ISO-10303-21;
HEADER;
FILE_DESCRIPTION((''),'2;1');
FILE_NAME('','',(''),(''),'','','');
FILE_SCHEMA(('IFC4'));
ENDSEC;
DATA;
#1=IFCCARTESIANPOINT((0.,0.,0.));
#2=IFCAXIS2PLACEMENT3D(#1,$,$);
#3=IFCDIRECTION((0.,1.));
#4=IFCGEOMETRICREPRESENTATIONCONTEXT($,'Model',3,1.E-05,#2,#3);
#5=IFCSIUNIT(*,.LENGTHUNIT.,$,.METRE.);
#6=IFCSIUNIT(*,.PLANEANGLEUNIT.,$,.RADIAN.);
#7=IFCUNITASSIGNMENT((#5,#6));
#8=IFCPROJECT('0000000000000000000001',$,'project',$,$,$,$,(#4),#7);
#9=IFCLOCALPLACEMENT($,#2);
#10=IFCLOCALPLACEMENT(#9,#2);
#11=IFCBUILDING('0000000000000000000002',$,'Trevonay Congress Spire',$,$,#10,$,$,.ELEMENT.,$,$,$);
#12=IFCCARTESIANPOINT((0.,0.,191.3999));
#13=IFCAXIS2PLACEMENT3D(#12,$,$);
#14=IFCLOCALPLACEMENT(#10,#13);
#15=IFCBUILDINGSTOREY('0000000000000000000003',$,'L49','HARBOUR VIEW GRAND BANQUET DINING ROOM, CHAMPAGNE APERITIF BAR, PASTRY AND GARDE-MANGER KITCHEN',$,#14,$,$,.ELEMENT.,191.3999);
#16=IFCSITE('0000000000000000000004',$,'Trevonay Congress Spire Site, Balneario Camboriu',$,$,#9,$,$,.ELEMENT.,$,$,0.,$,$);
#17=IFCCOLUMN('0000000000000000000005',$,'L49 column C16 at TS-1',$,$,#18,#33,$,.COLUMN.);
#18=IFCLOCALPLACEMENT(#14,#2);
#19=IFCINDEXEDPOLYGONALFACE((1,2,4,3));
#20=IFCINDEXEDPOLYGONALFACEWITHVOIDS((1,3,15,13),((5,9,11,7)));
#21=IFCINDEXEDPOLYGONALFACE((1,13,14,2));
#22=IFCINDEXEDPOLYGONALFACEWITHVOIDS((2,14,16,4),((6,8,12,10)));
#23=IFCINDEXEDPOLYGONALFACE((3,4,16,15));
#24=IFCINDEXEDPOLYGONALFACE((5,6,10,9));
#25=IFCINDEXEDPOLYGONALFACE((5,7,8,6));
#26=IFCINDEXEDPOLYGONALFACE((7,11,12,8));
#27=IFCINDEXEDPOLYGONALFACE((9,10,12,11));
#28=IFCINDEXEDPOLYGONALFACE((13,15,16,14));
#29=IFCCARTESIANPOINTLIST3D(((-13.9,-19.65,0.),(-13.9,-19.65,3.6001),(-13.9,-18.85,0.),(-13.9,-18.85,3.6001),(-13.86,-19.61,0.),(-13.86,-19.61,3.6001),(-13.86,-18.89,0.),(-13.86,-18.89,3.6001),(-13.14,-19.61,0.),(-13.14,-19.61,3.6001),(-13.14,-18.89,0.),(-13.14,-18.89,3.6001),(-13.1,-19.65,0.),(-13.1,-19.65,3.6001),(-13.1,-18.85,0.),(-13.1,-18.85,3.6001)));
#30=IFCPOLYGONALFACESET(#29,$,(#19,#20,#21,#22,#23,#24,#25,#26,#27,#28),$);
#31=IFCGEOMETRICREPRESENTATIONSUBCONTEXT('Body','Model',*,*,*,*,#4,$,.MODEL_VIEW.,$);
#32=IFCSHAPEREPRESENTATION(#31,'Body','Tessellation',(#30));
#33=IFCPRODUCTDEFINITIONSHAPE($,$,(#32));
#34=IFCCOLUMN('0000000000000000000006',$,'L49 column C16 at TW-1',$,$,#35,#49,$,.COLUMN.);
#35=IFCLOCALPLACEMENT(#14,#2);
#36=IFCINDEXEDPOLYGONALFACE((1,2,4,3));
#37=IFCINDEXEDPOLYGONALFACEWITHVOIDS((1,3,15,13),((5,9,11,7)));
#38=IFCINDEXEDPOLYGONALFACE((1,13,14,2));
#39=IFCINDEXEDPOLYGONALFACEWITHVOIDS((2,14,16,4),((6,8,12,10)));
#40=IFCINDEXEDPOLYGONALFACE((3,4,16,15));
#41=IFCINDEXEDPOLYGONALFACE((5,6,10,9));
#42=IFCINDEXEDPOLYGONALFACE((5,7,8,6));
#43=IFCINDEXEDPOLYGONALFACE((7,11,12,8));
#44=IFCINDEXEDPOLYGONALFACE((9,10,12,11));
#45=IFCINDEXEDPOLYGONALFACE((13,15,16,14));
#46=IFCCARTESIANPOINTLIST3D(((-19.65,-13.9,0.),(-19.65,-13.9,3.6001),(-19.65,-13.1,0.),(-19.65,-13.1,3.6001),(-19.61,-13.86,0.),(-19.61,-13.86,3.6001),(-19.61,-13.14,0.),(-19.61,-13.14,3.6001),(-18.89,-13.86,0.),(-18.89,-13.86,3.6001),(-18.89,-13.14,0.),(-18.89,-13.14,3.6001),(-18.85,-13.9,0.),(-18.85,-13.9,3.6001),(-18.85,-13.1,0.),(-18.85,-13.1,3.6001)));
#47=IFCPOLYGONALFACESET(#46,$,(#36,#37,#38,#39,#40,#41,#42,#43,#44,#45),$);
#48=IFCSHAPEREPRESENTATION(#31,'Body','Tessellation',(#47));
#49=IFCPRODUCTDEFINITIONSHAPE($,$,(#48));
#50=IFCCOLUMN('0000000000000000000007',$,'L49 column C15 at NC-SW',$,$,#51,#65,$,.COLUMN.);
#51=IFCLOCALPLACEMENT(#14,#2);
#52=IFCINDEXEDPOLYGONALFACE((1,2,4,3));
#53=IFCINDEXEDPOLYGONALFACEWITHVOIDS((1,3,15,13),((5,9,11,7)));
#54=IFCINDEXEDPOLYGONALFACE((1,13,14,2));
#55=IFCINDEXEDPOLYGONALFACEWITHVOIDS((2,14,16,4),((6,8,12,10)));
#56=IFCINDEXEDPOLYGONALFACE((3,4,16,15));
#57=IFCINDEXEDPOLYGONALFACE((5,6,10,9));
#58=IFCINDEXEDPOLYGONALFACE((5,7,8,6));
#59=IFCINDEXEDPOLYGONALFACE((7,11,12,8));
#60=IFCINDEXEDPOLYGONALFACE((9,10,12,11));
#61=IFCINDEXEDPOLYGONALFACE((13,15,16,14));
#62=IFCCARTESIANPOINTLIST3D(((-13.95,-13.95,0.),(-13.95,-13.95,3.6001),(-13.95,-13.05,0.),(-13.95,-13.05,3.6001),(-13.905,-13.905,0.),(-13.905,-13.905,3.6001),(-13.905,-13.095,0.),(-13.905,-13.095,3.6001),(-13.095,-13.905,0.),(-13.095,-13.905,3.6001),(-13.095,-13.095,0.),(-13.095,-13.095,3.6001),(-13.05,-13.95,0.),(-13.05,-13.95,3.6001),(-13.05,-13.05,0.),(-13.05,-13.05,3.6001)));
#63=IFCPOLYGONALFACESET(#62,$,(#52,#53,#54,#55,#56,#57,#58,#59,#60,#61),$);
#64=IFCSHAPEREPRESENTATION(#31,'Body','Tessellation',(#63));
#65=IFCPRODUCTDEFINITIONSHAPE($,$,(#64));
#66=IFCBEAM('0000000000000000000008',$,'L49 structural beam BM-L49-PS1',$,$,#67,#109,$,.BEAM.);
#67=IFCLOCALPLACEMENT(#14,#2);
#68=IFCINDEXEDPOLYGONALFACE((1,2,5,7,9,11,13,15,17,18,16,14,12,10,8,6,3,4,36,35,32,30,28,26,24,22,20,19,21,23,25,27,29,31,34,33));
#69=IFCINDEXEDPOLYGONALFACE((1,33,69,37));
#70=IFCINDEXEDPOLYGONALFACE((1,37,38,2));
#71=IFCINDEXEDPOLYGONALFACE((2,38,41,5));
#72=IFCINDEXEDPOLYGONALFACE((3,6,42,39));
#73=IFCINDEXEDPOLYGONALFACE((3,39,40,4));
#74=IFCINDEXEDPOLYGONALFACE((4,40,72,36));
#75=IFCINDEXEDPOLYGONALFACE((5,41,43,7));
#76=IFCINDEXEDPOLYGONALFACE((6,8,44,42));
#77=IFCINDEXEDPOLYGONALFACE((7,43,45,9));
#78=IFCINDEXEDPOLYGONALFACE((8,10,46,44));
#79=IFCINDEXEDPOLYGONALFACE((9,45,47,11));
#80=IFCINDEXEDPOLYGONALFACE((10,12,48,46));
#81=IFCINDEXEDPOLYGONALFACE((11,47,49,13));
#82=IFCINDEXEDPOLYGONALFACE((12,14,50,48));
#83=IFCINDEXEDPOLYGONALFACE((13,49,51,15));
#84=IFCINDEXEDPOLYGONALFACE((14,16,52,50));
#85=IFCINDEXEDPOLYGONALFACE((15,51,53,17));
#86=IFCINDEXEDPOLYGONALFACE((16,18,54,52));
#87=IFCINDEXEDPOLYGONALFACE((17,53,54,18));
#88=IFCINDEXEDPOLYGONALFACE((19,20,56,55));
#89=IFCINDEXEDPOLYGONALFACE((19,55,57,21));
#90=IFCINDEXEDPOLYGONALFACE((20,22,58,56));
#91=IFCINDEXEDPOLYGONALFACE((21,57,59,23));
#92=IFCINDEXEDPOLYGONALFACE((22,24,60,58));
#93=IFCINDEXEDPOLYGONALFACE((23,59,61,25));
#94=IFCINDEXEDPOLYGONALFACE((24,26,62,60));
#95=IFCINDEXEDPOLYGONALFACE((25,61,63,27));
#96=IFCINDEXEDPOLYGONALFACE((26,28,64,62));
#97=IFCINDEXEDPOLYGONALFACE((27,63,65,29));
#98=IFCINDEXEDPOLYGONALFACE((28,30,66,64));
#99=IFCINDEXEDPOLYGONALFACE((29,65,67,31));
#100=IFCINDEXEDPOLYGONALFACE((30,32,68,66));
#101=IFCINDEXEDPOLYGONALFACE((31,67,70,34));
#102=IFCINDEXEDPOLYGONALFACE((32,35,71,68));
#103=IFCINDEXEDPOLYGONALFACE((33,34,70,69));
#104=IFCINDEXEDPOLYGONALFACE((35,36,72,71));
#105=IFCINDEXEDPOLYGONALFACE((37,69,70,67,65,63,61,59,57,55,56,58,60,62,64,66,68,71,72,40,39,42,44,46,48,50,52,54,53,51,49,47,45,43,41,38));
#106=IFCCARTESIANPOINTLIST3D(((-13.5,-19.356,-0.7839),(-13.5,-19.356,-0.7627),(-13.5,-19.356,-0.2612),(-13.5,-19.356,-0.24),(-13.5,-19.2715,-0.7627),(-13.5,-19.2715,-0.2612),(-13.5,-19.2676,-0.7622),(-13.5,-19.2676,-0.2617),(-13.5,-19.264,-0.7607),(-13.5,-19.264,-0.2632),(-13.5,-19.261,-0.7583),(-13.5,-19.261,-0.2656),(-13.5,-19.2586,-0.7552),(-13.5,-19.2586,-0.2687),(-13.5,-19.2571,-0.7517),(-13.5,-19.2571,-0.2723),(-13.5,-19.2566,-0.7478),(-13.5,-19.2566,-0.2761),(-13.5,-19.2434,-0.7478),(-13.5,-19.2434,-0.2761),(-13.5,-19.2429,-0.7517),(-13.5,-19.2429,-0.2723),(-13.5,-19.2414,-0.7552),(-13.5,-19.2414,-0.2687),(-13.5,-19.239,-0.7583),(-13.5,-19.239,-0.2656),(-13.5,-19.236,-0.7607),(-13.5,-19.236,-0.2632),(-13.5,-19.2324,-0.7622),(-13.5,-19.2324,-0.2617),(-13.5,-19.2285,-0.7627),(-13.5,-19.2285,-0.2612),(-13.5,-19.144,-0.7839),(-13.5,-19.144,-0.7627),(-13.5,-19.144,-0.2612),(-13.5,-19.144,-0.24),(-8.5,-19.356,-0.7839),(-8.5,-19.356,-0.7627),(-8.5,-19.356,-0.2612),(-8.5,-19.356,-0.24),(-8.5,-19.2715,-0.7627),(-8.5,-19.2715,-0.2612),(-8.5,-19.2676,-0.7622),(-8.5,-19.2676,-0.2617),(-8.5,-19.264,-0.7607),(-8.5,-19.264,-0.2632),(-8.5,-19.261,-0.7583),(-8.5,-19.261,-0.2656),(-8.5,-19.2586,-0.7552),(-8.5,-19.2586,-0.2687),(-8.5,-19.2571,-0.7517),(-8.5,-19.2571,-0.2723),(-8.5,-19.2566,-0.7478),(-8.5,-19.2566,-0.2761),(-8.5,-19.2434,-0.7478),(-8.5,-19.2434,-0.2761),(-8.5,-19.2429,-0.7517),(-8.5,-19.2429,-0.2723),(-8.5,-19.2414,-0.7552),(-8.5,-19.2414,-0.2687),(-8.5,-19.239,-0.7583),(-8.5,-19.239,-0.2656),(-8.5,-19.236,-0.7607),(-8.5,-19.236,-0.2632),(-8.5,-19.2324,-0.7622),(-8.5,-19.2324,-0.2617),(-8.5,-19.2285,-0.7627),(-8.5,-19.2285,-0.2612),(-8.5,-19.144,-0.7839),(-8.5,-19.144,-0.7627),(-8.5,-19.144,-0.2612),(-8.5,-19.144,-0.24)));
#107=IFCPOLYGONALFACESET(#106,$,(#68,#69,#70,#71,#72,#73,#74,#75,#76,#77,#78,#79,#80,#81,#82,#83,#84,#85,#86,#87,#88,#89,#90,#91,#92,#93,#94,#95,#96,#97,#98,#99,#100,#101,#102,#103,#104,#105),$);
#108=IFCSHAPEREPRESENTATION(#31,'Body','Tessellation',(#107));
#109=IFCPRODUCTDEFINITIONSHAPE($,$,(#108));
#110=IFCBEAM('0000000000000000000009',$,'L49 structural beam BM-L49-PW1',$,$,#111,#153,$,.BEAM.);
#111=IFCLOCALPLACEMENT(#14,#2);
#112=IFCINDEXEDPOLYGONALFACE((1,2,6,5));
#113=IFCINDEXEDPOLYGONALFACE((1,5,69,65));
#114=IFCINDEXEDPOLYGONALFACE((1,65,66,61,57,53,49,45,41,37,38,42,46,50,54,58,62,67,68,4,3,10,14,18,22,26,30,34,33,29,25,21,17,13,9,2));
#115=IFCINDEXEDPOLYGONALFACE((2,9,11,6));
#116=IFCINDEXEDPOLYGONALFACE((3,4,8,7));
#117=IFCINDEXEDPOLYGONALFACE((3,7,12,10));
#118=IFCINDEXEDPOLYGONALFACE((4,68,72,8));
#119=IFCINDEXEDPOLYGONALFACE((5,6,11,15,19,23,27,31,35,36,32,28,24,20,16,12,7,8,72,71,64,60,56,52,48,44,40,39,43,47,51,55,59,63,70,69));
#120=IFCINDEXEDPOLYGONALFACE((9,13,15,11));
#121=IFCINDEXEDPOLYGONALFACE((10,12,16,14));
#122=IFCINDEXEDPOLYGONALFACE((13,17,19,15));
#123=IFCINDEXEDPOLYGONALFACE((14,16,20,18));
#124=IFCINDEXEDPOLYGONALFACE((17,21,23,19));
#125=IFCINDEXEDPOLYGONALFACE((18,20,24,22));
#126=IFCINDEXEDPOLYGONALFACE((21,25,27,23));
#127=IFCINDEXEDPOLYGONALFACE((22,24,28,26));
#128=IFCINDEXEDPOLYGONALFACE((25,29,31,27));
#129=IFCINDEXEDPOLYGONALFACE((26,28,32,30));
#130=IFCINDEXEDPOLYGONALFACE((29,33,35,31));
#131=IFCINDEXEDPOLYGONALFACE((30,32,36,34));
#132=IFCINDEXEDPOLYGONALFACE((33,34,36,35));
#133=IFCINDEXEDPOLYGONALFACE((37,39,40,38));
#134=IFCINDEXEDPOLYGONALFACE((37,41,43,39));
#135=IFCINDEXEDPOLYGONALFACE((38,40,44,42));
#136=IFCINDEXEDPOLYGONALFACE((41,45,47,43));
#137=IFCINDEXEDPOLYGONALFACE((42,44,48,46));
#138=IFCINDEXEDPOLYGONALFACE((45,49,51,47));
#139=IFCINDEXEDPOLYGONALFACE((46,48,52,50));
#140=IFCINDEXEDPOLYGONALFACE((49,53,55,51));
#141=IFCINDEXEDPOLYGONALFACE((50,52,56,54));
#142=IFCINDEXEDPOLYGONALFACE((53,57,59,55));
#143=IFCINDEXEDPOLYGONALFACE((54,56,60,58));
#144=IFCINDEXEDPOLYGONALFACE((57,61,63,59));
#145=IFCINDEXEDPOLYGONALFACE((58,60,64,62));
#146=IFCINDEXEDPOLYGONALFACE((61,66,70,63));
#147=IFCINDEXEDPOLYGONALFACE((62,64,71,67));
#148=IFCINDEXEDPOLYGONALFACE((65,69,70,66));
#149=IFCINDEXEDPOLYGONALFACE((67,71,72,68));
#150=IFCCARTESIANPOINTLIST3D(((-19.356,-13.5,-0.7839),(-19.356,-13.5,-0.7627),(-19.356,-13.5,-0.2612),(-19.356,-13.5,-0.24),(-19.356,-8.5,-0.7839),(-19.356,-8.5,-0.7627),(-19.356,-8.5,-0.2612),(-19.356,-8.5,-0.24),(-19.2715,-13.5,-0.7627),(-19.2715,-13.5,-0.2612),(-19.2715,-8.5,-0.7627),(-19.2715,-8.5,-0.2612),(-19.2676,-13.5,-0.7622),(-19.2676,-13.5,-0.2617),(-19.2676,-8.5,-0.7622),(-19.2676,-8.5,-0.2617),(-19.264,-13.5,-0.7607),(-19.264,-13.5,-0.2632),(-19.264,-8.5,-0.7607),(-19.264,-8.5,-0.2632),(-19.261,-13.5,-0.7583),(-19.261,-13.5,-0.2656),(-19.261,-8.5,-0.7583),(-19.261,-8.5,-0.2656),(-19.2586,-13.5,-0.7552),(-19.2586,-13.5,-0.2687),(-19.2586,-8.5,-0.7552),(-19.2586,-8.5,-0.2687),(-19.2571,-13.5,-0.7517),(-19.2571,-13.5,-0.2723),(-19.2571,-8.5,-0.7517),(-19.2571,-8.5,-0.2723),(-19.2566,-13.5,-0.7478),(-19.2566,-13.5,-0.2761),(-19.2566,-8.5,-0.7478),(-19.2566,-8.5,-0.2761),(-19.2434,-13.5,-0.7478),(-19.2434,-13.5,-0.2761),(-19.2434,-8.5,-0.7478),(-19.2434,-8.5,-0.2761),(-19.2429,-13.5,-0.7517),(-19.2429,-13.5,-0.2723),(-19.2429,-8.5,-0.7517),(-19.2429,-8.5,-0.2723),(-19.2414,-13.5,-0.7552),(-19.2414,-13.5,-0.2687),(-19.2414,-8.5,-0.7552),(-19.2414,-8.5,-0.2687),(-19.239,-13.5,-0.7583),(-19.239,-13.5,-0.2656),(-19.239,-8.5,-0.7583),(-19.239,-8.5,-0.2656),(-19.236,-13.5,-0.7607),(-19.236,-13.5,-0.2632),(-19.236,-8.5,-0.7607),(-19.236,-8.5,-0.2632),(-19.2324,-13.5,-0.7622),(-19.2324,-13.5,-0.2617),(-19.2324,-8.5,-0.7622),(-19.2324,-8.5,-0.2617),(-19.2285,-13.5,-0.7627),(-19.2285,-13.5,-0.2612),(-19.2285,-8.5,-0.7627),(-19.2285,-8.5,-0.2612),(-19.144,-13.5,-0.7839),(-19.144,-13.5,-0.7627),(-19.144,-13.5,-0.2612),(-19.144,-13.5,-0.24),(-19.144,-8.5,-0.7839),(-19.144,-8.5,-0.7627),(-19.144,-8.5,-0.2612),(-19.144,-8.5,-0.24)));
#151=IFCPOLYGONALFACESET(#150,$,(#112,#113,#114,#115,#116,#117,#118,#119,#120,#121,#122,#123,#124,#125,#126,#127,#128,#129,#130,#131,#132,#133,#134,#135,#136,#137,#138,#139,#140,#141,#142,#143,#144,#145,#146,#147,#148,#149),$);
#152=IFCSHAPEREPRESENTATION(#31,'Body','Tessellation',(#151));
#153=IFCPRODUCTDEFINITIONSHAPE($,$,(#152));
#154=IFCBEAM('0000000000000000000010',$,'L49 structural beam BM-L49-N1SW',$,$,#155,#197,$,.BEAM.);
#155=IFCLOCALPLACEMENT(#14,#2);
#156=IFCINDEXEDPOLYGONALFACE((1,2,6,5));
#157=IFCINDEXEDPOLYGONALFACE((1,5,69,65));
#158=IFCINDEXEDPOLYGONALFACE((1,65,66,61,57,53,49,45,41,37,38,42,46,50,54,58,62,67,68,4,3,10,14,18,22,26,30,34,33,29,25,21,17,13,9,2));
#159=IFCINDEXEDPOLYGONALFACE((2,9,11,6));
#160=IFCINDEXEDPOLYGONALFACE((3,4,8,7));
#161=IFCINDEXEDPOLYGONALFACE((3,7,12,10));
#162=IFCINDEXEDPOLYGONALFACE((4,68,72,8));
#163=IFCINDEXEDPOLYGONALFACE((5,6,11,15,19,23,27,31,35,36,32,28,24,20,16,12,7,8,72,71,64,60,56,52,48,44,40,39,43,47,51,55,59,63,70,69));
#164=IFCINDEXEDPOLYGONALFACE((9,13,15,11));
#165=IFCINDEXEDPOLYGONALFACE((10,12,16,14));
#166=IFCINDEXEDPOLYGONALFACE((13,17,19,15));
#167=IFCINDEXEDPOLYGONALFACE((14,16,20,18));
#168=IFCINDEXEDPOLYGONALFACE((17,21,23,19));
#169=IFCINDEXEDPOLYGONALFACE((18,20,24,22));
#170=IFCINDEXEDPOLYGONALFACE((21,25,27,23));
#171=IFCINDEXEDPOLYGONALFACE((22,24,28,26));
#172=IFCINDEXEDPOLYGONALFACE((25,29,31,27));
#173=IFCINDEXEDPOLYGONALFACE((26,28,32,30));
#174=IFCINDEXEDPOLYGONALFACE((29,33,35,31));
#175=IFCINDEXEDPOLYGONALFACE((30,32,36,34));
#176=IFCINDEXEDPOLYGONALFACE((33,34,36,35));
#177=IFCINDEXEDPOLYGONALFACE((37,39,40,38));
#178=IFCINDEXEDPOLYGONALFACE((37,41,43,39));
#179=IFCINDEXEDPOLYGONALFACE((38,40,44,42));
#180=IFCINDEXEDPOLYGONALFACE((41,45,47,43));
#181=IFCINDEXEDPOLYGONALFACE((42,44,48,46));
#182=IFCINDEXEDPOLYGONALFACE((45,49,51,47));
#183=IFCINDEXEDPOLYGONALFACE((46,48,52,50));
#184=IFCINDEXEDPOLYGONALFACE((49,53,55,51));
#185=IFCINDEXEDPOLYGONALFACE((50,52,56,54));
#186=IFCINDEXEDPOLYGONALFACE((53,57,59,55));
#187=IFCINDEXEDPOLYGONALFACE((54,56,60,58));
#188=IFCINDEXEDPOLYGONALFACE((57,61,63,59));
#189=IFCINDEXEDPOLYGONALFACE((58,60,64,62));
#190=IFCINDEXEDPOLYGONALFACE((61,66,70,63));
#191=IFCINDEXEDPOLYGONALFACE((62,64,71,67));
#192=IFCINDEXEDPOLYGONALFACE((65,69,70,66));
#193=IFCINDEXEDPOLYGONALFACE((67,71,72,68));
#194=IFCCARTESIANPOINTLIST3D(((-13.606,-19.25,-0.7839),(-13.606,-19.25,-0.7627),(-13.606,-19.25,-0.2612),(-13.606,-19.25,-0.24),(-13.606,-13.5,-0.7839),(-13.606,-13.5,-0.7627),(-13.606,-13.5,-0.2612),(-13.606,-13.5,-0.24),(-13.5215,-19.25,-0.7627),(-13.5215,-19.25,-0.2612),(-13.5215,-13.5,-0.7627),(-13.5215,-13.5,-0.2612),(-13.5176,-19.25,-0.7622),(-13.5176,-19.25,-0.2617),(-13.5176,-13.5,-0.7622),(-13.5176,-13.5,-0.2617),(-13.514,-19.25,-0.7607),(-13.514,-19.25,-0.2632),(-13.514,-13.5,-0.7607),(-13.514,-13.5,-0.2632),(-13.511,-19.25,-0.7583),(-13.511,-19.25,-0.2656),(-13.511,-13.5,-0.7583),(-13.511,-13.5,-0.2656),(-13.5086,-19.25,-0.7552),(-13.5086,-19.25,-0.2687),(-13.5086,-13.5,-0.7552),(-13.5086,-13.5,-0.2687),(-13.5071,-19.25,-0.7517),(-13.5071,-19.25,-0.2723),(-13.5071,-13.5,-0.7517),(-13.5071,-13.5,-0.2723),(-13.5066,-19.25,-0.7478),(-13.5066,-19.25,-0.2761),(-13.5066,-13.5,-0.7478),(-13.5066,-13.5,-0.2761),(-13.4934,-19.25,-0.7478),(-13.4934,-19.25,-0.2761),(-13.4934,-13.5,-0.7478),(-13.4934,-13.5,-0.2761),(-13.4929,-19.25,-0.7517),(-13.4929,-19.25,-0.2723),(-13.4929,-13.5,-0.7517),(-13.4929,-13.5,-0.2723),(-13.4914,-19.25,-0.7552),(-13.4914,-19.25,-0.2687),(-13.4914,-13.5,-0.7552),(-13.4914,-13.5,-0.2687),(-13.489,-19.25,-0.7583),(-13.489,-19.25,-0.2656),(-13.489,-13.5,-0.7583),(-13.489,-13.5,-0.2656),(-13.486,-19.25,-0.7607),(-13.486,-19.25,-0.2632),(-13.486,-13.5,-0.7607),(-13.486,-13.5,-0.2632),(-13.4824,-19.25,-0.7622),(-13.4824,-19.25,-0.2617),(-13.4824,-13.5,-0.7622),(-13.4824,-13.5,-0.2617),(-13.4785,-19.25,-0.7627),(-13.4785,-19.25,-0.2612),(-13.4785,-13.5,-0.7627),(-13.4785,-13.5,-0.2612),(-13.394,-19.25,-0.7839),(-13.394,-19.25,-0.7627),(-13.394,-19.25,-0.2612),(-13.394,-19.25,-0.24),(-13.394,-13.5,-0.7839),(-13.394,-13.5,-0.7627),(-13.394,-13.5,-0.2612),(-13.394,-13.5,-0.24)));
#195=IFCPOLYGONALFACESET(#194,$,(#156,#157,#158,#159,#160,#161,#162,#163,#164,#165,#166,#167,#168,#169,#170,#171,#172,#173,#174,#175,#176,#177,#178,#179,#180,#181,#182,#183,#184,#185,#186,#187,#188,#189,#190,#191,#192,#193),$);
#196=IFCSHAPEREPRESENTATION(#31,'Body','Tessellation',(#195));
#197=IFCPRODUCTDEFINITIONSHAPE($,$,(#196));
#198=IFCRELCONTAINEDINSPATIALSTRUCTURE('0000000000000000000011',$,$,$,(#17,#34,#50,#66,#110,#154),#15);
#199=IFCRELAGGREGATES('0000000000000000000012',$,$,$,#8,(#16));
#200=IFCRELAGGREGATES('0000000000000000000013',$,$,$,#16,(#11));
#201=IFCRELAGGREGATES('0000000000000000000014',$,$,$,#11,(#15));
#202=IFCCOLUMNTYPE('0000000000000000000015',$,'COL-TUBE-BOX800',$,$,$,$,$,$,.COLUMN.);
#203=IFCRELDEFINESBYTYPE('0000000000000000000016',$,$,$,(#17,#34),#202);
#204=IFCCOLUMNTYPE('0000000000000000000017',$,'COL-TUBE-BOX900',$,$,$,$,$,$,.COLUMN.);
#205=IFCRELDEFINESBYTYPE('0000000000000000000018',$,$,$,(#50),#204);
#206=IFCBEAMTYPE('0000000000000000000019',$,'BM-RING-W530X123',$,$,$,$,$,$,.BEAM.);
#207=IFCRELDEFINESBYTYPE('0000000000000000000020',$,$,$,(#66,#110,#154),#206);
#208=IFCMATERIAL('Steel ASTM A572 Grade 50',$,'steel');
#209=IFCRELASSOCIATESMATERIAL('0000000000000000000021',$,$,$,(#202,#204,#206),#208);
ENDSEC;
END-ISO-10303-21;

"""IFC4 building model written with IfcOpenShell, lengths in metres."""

from ifc_helpers import new_model, si_unit, direction, frame, origin, origin_2d, place, context, subcontext, project, spatial, hollow_rectangle, i_section, extrude, material, material_profile, profile_set, type_object, element, save


model = new_model("IFC4")

# Units and contexts
model_context = context("Model", 3, precision=1e-05, world=origin(), true_north=direction((0.0, 1.0)))
body_context = subcontext(model_context, "Body", "Model", "MODEL_VIEW")
ifc_project = project(units=[si_unit("LENGTHUNIT", "METRE"), si_unit("PLANEANGLEUNIT", "RADIAN")], contexts=[model_context])

# Site, building, storey
site_placement = place(None, origin())
site = spatial("IfcSite", under=ifc_project, at=site_placement, Name="Trevonay Congress Spire Site, Balneario Camboriu", CompositionType="ELEMENT", RefElevation=0.0)
building_placement = place(site_placement, origin())
building = spatial("IfcBuilding", under=site, at=building_placement, Name="Trevonay Congress Spire", CompositionType="ELEMENT")
storey_placement = place(building_placement, frame((0.0, 0.0, 191.3999)))
storey = spatial("IfcBuildingStorey", under=building, at=storey_placement, Name="L49", Description="HARBOUR VIEW GRAND BANQUET DINING ROOM, CHAMPAGNE APERITIF BAR, PASTRY AND GARDE-MANGER KITCHEN", CompositionType="ELEMENT", Elevation=191.3999)

# Columns
ifc_material_1 = material(Name="Steel ASTM A572 Grade 50", Category="steel")
ifc_material_profile_1 = material_profile(ifc_material_1, hollow_rectangle(XDim=0.8, YDim=0.8, WallThickness=0.04, at=origin_2d()), Name="BOX 800x800x40")
ifc_profile_set_1 = profile_set([ifc_material_profile_1], Name="Steel ASTM A572 Grade 50")
column_type_1 = type_object("IfcColumnType", Name="COL-TUBE-BOX800", PredefinedType="COLUMN", material=ifc_profile_set_1)
for number, where, z_axis, x_axis, name in (
    (1, (-13.5, -19.25, 0.0), (0.0, 0.0, 1.0), (1.0, 0.0, 0.0), "L49 column C16 at TS-1"),
    (2, (-19.25, -13.5, 0.0), (0.0, 0.0, 1.0), (1.0, 0.0, 0.0), "L49 column C16 at TW-1"),
):
    element("IfcColumn", number, at=place(storey_placement, frame(where, z_axis=z_axis, x_axis=x_axis)), inside=storey, type_object=column_type_1, Name=name, PredefinedType="COLUMN", context=body_context, shape_type="SweptSolid", body=[
        extrude(hollow_rectangle(XDim=0.8, YDim=0.8, WallThickness=0.04, at=origin_2d()), origin(), (0.0, 0.0, 1.0), 3.6001),
    ])
ifc_material_profile_2 = material_profile(ifc_material_1, hollow_rectangle(XDim=0.8999, YDim=0.8999, WallThickness=0.0449, at=origin_2d()), Name="BOX 900x900x45")
ifc_profile_set_2 = profile_set([ifc_material_profile_2], Name="Steel ASTM A572 Grade 50")
column_type_2 = type_object("IfcColumnType", Name="COL-TUBE-BOX900", PredefinedType="COLUMN", material=ifc_profile_set_2)
column_placement = place(storey_placement, frame((-13.5, -13.5, 0.0), z_axis=(0.0, 0.0, 1.0), x_axis=(1.0, 0.0, 0.0)))
element("IfcColumn", 3, at=column_placement, inside=storey, type_object=column_type_2, Name="L49 column C15 at NC-SW", PredefinedType="COLUMN", context=body_context, shape_type="SweptSolid", body=[
    extrude(hollow_rectangle(XDim=0.8999, YDim=0.8999, WallThickness=0.0449, at=origin_2d()), origin(), (0.0, 0.0, 1.0), 3.6001),
])

# Beams
ifc_material_profile_3 = material_profile(ifc_material_1, i_section(OverallWidth=0.2119, OverallDepth=0.5439, WebThickness=0.0132, FlangeThickness=0.0212, FilletRadius=0.0149, at=origin_2d()), Name="W530x123")
ifc_profile_set_3 = profile_set([ifc_material_profile_3], Name="Steel ASTM A572 Grade 50")
beam_type_1 = type_object("IfcBeamType", Name="BM-RING-W530X123", PredefinedType="BEAM", material=ifc_profile_set_3)
for number, where, z_axis, x_axis, name in (
    (4, (-13.5, -19.25, -0.512), (1.0, 0.0, 0.0), (0.0, 1.0, 0.0), "L49 structural beam BM-L49-PS1"),
    (5, (-19.25, -13.5, -0.512), (0.0, 1.0, 0.0), (-1.0, 0.0, 0.0), "L49 structural beam BM-L49-PW1"),
):
    element("IfcBeam", number, at=place(storey_placement, frame(where, z_axis=z_axis, x_axis=x_axis)), inside=storey, type_object=beam_type_1, Name=name, PredefinedType="BEAM", context=body_context, shape_type="SweptSolid", body=[
        extrude(i_section(OverallWidth=0.2119, OverallDepth=0.5439, WebThickness=0.0132, FlangeThickness=0.0212, FilletRadius=0.0149, at=origin_2d()), origin(), (0.0, 0.0, 1.0), 5.0),
    ])
for number, where, z_axis, x_axis, name in (
    (6, (-13.5, -19.25, -0.512), (0.0, 1.0, 0.0), (-1.0, 0.0, 0.0), "L49 structural beam BM-L49-N1SW"),
):
    element("IfcBeam", number, at=place(storey_placement, frame(where, z_axis=z_axis, x_axis=x_axis)), inside=storey, type_object=beam_type_1, Name=name, PredefinedType="BEAM", context=body_context, shape_type="SweptSolid", body=[
        extrude(i_section(OverallWidth=0.2119, OverallDepth=0.5439, WebThickness=0.0132, FlangeThickness=0.0212, FilletRadius=0.0149, at=origin_2d()), origin(), (0.0, 0.0, 1.0), 5.75),
    ])

save(model, "model.ifc")
